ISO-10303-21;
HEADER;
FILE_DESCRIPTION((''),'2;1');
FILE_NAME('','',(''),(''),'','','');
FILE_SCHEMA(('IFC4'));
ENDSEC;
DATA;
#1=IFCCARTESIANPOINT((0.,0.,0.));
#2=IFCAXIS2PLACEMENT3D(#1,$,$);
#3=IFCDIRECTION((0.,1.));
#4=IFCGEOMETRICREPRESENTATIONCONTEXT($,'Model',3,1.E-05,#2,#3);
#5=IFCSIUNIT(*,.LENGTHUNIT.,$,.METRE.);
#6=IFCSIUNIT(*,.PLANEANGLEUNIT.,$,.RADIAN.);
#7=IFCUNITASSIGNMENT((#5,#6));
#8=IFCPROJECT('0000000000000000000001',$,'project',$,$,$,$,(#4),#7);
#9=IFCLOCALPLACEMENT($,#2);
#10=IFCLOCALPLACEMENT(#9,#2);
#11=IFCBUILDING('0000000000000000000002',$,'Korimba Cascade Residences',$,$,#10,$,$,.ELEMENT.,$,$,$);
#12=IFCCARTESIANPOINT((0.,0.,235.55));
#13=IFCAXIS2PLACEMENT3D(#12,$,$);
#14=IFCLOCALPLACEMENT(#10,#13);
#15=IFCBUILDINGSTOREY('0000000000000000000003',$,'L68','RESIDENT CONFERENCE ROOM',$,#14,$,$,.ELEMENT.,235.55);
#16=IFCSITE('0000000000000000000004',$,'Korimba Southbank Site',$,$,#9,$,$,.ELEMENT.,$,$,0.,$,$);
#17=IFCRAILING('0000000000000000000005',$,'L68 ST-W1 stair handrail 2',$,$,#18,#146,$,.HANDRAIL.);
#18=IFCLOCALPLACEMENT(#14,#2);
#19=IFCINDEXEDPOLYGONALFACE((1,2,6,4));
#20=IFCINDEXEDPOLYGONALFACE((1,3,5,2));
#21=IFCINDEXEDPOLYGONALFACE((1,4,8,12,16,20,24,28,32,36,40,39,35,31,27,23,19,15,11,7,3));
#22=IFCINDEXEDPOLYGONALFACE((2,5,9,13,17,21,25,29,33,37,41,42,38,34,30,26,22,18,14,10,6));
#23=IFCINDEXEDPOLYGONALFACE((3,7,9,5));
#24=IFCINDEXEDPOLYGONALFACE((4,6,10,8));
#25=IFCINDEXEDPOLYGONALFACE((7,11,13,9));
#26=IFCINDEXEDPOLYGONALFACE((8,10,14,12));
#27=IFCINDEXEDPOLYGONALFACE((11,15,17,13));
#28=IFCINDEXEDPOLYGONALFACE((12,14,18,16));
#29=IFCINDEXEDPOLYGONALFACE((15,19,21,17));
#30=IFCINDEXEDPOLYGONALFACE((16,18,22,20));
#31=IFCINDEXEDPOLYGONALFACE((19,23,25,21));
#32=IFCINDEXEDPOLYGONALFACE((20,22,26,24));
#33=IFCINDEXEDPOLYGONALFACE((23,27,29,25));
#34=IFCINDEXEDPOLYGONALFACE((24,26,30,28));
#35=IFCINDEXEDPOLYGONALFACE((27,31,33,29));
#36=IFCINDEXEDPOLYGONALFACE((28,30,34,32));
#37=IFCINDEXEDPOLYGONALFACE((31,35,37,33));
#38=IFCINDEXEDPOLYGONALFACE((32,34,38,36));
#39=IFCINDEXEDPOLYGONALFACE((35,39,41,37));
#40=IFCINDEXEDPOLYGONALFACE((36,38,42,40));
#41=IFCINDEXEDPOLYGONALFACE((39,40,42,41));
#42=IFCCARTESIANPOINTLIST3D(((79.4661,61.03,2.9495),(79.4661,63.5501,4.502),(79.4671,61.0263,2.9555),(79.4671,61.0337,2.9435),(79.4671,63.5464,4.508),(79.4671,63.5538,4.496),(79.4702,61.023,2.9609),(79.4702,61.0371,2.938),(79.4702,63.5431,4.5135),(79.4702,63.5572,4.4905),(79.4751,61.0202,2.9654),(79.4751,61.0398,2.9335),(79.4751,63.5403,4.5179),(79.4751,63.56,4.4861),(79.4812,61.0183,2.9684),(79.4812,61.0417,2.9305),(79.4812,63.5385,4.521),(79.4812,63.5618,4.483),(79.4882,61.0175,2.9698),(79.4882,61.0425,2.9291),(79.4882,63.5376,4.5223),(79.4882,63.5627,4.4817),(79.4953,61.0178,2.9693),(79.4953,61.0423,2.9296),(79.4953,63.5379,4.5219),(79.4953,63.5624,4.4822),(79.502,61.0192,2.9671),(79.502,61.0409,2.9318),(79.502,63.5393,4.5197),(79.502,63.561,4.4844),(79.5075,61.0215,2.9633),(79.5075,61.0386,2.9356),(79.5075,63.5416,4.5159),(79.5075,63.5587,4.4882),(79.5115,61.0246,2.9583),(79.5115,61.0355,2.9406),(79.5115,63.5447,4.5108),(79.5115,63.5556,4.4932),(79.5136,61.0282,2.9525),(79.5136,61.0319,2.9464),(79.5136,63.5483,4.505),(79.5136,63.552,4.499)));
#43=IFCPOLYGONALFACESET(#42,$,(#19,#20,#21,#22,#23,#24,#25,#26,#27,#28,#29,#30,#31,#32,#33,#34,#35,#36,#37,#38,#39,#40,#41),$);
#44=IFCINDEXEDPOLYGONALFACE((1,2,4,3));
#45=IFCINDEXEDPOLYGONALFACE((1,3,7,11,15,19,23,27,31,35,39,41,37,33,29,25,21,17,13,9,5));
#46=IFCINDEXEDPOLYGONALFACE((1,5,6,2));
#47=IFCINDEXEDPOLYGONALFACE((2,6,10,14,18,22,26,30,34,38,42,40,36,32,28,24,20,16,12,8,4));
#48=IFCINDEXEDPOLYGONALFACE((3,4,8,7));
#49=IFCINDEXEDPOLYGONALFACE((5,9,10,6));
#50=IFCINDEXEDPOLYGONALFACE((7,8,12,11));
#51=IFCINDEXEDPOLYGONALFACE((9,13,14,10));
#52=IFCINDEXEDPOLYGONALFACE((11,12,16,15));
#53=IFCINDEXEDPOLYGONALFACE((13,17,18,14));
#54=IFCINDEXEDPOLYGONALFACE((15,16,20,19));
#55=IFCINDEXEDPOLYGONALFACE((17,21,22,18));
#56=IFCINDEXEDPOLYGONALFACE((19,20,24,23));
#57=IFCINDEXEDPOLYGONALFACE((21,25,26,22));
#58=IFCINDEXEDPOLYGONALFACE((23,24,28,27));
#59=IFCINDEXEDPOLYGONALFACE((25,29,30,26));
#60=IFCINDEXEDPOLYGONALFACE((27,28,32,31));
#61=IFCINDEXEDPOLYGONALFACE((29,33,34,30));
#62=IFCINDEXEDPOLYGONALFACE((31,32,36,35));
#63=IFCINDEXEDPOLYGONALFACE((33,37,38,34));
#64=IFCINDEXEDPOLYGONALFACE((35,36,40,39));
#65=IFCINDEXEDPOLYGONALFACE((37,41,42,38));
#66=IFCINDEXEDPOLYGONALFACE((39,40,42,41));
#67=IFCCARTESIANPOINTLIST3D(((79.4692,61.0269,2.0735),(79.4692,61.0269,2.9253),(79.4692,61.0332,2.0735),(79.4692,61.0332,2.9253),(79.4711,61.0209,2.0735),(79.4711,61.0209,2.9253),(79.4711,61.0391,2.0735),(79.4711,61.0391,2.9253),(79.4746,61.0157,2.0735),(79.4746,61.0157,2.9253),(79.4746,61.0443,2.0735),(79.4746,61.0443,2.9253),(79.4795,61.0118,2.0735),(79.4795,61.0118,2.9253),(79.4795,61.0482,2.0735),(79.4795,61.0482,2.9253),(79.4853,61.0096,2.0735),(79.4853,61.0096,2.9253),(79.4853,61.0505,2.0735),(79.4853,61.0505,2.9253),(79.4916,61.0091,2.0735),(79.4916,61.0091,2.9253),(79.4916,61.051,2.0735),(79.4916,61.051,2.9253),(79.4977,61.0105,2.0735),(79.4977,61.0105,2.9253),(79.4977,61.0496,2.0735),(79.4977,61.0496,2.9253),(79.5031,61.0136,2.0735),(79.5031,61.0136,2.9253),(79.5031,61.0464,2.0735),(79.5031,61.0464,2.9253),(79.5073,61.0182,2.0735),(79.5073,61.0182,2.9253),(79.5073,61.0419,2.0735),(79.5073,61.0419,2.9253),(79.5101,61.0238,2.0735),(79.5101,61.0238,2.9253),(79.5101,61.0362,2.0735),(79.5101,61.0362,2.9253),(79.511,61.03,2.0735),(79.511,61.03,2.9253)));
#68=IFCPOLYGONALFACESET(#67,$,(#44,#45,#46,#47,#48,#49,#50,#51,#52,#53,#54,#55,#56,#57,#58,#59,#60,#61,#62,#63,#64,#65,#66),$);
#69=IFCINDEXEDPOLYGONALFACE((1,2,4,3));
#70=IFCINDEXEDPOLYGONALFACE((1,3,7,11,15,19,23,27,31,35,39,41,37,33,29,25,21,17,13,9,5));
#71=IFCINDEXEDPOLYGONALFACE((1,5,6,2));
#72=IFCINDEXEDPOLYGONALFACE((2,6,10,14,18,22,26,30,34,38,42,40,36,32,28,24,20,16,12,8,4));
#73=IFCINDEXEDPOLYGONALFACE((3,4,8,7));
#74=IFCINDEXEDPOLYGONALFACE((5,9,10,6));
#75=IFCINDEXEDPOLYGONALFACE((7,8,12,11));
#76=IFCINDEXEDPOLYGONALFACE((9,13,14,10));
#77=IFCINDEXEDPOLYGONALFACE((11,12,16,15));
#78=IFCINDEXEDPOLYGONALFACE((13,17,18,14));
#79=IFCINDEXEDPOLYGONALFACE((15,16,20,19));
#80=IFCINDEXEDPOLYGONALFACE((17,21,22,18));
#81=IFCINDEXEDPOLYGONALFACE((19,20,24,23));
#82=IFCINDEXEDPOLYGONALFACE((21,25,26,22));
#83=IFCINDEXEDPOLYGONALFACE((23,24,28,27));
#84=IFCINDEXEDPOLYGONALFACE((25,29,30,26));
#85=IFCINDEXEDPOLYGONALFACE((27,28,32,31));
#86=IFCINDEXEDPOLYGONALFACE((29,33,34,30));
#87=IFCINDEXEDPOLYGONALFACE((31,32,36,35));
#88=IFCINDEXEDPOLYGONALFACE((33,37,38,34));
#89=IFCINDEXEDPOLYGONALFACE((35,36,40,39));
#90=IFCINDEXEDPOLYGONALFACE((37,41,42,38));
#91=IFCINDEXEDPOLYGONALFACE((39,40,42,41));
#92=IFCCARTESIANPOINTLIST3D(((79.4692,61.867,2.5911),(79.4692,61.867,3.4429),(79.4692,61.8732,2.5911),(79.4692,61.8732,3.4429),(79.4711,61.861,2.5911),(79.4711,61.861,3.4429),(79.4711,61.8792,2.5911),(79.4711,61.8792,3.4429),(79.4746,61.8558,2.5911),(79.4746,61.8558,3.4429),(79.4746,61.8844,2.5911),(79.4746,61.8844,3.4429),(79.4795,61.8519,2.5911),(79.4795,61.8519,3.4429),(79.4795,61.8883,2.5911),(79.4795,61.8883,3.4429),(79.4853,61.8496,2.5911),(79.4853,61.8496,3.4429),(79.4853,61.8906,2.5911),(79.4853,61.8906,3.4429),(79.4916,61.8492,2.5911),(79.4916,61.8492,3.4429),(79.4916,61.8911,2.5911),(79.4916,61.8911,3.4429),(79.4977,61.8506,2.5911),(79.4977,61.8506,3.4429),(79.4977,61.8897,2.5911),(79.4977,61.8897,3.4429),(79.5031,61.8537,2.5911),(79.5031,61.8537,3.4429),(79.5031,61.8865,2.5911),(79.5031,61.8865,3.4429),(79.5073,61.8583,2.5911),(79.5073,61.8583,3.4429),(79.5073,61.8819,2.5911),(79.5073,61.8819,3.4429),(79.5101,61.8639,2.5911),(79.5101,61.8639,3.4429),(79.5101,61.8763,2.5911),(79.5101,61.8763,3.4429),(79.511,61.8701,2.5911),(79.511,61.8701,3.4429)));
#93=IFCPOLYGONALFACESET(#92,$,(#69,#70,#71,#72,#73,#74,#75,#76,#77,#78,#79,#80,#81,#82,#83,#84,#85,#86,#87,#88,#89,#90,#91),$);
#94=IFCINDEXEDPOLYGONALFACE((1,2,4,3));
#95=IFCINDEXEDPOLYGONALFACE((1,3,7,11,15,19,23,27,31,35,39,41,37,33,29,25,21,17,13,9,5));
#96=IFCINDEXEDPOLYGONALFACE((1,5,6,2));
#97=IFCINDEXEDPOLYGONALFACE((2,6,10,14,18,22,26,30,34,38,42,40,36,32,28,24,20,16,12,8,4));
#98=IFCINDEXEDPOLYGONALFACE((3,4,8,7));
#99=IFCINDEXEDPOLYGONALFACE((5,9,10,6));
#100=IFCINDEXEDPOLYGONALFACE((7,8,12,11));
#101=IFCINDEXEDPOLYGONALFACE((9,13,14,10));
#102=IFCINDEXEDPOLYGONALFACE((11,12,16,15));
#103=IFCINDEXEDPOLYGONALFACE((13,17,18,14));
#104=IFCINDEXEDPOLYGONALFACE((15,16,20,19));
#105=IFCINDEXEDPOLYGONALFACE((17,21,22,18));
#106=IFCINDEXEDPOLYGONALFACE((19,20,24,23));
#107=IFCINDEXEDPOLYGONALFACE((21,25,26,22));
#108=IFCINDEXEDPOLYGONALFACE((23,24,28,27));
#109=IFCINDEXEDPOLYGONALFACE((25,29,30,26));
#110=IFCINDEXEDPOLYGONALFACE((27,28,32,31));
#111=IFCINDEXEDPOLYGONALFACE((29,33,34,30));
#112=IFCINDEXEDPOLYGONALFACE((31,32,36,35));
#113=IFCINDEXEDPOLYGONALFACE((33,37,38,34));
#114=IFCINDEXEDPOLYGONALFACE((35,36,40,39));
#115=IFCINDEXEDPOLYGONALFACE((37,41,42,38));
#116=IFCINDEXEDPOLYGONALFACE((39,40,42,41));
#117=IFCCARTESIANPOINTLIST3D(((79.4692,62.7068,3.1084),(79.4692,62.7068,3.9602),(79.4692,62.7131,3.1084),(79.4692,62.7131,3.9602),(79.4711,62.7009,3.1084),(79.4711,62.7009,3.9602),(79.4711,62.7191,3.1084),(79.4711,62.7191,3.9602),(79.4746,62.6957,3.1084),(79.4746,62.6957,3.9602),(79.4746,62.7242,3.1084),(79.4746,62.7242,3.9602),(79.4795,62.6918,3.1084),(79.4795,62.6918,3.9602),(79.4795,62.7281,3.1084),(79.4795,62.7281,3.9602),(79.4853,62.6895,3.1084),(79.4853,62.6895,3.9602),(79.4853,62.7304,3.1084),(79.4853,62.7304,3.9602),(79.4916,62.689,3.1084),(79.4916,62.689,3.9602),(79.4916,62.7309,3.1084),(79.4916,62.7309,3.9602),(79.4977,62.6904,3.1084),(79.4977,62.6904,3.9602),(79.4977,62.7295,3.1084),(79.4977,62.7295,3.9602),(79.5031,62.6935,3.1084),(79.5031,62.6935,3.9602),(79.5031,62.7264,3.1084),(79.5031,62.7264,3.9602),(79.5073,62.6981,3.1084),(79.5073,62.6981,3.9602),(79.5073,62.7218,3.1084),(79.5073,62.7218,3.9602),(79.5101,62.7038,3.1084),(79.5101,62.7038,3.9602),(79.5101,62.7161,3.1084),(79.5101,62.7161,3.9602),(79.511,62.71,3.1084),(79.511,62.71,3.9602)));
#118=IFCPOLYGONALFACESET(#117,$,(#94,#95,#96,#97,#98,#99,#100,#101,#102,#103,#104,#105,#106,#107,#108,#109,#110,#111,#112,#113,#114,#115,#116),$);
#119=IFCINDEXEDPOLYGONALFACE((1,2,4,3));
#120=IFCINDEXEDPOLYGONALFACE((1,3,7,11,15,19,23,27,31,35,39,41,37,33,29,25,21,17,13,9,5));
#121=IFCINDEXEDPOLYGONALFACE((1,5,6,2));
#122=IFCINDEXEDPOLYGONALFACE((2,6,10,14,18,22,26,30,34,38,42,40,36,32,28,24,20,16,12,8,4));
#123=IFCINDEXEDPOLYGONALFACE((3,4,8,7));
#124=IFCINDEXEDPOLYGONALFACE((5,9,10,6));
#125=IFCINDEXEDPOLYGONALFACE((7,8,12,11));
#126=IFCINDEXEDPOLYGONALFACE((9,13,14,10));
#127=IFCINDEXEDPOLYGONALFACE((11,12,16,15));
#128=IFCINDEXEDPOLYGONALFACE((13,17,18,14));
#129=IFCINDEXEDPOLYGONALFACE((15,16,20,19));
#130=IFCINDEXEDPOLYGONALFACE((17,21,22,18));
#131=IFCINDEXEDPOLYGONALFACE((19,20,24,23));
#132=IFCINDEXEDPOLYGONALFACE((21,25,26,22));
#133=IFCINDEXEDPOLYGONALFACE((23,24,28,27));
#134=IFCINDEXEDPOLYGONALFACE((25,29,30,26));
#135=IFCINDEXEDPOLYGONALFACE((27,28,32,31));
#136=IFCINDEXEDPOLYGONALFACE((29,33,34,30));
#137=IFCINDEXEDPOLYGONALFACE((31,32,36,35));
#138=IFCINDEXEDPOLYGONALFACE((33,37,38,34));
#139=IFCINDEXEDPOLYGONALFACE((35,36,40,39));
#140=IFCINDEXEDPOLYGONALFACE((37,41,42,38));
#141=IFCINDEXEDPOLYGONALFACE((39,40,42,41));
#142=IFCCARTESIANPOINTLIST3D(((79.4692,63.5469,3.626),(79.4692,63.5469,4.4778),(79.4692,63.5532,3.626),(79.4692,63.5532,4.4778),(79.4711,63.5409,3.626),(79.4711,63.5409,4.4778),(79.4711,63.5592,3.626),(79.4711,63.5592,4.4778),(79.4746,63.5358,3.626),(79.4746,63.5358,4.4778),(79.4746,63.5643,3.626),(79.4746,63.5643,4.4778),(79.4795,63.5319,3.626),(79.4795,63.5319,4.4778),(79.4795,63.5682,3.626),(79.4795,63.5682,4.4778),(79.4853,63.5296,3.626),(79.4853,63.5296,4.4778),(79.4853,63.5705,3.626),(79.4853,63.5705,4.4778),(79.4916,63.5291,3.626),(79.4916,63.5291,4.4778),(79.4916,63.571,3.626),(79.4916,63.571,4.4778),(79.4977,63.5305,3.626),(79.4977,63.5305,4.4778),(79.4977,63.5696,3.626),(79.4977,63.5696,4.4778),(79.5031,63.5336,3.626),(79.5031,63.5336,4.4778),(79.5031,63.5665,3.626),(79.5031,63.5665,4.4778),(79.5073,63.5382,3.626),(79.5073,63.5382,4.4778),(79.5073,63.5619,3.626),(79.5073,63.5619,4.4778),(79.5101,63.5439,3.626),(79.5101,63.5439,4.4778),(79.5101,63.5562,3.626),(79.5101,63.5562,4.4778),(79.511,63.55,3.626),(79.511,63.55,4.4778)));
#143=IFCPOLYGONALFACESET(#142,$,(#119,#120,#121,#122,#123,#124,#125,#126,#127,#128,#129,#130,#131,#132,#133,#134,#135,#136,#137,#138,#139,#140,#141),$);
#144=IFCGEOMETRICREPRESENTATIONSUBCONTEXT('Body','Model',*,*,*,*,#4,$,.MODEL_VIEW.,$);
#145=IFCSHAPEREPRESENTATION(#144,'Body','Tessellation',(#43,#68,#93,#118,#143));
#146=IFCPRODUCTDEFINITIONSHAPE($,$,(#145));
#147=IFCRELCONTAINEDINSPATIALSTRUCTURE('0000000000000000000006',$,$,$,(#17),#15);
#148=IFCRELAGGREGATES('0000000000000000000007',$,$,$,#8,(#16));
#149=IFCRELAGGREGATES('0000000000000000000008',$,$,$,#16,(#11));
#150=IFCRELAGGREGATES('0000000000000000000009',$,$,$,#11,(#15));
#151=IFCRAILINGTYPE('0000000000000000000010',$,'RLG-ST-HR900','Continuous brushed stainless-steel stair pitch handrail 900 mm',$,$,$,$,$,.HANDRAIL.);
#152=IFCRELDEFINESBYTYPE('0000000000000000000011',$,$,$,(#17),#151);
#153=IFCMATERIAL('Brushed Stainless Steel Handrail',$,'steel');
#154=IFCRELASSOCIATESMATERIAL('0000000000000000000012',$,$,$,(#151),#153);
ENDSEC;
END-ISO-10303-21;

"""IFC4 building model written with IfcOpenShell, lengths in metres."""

from ifc_helpers import new_model, si_unit, direction, frame, origin, origin_2d, place, context, subcontext, project, spatial, circle, extrude, material, type_object, element, save


model = new_model("IFC4")

# Units and contexts
model_context = context("Model", 3, precision=1e-05, world=origin(), true_north=direction((0.0, 1.0)))
body_context = subcontext(model_context, "Body", "Model", "MODEL_VIEW")
ifc_project = project(units=[si_unit("LENGTHUNIT", "METRE"), si_unit("PLANEANGLEUNIT", "RADIAN")], contexts=[model_context])

# Site, building, storey
site_placement = place(None, origin())
site = spatial("IfcSite", under=ifc_project, at=site_placement, Name="Korimba Southbank Site", CompositionType="ELEMENT", RefElevation=0.0)
building_placement = place(site_placement, origin())
building = spatial("IfcBuilding", under=site, at=building_placement, Name="Korimba Cascade Residences", CompositionType="ELEMENT")
storey_placement = place(building_placement, frame((0.0, 0.0, 235.55)))
storey = spatial("IfcBuildingStorey", under=building, at=storey_placement, Name="L68", Description="RESIDENT CONFERENCE ROOM", CompositionType="ELEMENT", Elevation=235.55)

# Railing
ifc_material_1 = material(Name="Brushed Stainless Steel Handrail", Category="steel")
railing_type_1 = type_object("IfcRailingType", Name="RLG-ST-HR900", Description="Continuous brushed stainless-steel stair pitch handrail 900 mm", PredefinedType="HANDRAIL", material=ifc_material_1)
railing_1_placement = place(storey_placement, frame((79.49, 61.03, 2.0735)))
element("IfcRailing", 1, at=railing_1_placement, inside=storey, type_object=railing_type_1, Name="L68 ST-W1 stair handrail 2", PredefinedType="HANDRAIL", context=body_context, shape_type="SweptSolid", body=[
    extrude(circle(Radius=0.0239, at=origin_2d()), frame((0.0, 0.0, 0.876), z_axis=(0.0, 0.8514, 0.524516), x_axis=(-1.0, 0.0, 0.0)), (0.0, 0.0, 1.0), 2.96),
    extrude(circle(Radius=0.021, at=origin_2d()), origin(), (0.0, 0.0, 1.0), 0.8518),
    extrude(circle(Radius=0.021, at=origin_2d()), frame((0.0, 0.8401, 0.5176)), (0.0, 0.0, 1.0), 0.8518),
    extrude(circle(Radius=0.021, at=origin_2d()), frame((0.0, 1.6799, 1.0349)), (0.0, 0.0, 1.0), 0.8518),
    extrude(circle(Radius=0.021, at=origin_2d()), frame((0.0, 2.52, 1.5525)), (0.0, 0.0, 1.0), 0.8518),
])

save(model, "model.ifc")
